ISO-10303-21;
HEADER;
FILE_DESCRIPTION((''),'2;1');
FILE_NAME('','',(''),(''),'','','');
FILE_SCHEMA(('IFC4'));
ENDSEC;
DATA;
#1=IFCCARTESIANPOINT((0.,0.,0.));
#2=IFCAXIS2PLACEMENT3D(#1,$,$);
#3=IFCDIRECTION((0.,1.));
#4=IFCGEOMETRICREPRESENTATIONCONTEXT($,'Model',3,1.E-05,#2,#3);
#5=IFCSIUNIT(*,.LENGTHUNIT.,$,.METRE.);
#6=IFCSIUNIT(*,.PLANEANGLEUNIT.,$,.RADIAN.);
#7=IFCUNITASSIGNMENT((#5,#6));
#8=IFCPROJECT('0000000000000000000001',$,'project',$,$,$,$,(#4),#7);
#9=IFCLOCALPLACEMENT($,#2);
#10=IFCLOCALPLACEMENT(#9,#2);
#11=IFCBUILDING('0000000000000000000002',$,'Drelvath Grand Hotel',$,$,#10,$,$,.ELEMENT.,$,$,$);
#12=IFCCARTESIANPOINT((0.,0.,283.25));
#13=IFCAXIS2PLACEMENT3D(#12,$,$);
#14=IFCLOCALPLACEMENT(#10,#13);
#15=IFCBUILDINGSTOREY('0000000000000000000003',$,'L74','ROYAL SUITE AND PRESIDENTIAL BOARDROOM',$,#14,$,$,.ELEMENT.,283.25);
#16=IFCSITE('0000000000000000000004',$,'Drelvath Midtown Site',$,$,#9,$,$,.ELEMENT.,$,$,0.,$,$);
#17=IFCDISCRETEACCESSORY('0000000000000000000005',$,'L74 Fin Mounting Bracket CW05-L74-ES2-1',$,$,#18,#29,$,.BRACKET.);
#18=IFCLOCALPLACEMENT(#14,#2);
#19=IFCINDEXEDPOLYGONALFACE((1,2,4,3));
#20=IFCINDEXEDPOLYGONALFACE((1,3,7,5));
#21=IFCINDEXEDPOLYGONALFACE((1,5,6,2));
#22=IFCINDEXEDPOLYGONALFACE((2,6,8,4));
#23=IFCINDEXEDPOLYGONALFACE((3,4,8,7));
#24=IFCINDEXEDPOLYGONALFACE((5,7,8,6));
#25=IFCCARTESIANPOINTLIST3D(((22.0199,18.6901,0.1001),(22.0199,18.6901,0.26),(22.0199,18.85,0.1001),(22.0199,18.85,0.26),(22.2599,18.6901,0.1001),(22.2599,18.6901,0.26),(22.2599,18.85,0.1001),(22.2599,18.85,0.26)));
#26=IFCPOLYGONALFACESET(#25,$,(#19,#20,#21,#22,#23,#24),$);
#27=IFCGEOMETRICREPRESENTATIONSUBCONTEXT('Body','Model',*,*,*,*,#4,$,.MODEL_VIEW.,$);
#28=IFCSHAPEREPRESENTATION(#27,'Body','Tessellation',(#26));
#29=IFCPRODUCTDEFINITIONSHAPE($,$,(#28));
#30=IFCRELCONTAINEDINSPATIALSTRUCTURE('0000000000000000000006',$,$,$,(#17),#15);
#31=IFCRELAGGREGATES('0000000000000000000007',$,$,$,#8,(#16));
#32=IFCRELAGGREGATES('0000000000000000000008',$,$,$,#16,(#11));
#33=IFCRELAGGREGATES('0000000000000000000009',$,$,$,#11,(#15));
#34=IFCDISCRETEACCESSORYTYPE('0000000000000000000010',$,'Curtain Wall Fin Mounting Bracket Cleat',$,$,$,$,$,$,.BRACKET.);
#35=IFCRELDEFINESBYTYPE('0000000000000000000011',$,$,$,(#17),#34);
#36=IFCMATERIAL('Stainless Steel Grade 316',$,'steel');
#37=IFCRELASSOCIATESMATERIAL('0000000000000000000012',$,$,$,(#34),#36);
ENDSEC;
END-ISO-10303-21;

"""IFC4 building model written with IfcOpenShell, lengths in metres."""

from ifc_helpers import new_model, si_unit, direction, frame, origin, origin_2d, place, context, subcontext, project, spatial, rectangle, extrude, material, type_object, element, save


model = new_model("IFC4")

# Units and contexts
model_context = context("Model", 3, precision=1e-05, world=origin(), true_north=direction((0.0, 1.0)))
body_context = subcontext(model_context, "Body", "Model", "MODEL_VIEW")
ifc_project = project(units=[si_unit("LENGTHUNIT", "METRE"), si_unit("PLANEANGLEUNIT", "RADIAN")], contexts=[model_context])

# Site, building, storey
site_placement = place(None, origin())
site = spatial("IfcSite", under=ifc_project, at=site_placement, Name="Drelvath Midtown Site", CompositionType="ELEMENT", RefElevation=0.0)
building_placement = place(site_placement, origin())
building = spatial("IfcBuilding", under=site, at=building_placement, Name="Drelvath Grand Hotel", CompositionType="ELEMENT")
storey_placement = place(building_placement, frame((0.0, 0.0, 283.25)))
storey = spatial("IfcBuildingStorey", under=building, at=storey_placement, Name="L74", Description="ROYAL SUITE AND PRESIDENTIAL BOARDROOM", CompositionType="ELEMENT", Elevation=283.25)

# Discrete accessory
ifc_material_1 = material(Name="Stainless Steel Grade 316", Category="steel")
discrete_accessory_type = type_object("IfcDiscreteAccessoryType", Name="Curtain Wall Fin Mounting Bracket Cleat", PredefinedType="BRACKET", material=ifc_material_1)
discrete_accessory_placement = place(storey_placement, frame((22.1399, 18.77, 0.1001), z_axis=(0.0, 0.0, 1.0), x_axis=(0.0, -1.0, 0.0)))
element("IfcDiscreteAccessory", 1, at=discrete_accessory_placement, inside=storey, type_object=discrete_accessory_type, Name="L74 Fin Mounting Bracket CW05-L74-ES2-1", PredefinedType="BRACKET", context=body_context, shape_type="SweptSolid", body=[
    extrude(rectangle(XDim=0.1599, YDim=0.24, at=origin_2d()), origin(), (0.0, 0.0, 1.0), 0.1599),
])

save(model, "model.ifc")
